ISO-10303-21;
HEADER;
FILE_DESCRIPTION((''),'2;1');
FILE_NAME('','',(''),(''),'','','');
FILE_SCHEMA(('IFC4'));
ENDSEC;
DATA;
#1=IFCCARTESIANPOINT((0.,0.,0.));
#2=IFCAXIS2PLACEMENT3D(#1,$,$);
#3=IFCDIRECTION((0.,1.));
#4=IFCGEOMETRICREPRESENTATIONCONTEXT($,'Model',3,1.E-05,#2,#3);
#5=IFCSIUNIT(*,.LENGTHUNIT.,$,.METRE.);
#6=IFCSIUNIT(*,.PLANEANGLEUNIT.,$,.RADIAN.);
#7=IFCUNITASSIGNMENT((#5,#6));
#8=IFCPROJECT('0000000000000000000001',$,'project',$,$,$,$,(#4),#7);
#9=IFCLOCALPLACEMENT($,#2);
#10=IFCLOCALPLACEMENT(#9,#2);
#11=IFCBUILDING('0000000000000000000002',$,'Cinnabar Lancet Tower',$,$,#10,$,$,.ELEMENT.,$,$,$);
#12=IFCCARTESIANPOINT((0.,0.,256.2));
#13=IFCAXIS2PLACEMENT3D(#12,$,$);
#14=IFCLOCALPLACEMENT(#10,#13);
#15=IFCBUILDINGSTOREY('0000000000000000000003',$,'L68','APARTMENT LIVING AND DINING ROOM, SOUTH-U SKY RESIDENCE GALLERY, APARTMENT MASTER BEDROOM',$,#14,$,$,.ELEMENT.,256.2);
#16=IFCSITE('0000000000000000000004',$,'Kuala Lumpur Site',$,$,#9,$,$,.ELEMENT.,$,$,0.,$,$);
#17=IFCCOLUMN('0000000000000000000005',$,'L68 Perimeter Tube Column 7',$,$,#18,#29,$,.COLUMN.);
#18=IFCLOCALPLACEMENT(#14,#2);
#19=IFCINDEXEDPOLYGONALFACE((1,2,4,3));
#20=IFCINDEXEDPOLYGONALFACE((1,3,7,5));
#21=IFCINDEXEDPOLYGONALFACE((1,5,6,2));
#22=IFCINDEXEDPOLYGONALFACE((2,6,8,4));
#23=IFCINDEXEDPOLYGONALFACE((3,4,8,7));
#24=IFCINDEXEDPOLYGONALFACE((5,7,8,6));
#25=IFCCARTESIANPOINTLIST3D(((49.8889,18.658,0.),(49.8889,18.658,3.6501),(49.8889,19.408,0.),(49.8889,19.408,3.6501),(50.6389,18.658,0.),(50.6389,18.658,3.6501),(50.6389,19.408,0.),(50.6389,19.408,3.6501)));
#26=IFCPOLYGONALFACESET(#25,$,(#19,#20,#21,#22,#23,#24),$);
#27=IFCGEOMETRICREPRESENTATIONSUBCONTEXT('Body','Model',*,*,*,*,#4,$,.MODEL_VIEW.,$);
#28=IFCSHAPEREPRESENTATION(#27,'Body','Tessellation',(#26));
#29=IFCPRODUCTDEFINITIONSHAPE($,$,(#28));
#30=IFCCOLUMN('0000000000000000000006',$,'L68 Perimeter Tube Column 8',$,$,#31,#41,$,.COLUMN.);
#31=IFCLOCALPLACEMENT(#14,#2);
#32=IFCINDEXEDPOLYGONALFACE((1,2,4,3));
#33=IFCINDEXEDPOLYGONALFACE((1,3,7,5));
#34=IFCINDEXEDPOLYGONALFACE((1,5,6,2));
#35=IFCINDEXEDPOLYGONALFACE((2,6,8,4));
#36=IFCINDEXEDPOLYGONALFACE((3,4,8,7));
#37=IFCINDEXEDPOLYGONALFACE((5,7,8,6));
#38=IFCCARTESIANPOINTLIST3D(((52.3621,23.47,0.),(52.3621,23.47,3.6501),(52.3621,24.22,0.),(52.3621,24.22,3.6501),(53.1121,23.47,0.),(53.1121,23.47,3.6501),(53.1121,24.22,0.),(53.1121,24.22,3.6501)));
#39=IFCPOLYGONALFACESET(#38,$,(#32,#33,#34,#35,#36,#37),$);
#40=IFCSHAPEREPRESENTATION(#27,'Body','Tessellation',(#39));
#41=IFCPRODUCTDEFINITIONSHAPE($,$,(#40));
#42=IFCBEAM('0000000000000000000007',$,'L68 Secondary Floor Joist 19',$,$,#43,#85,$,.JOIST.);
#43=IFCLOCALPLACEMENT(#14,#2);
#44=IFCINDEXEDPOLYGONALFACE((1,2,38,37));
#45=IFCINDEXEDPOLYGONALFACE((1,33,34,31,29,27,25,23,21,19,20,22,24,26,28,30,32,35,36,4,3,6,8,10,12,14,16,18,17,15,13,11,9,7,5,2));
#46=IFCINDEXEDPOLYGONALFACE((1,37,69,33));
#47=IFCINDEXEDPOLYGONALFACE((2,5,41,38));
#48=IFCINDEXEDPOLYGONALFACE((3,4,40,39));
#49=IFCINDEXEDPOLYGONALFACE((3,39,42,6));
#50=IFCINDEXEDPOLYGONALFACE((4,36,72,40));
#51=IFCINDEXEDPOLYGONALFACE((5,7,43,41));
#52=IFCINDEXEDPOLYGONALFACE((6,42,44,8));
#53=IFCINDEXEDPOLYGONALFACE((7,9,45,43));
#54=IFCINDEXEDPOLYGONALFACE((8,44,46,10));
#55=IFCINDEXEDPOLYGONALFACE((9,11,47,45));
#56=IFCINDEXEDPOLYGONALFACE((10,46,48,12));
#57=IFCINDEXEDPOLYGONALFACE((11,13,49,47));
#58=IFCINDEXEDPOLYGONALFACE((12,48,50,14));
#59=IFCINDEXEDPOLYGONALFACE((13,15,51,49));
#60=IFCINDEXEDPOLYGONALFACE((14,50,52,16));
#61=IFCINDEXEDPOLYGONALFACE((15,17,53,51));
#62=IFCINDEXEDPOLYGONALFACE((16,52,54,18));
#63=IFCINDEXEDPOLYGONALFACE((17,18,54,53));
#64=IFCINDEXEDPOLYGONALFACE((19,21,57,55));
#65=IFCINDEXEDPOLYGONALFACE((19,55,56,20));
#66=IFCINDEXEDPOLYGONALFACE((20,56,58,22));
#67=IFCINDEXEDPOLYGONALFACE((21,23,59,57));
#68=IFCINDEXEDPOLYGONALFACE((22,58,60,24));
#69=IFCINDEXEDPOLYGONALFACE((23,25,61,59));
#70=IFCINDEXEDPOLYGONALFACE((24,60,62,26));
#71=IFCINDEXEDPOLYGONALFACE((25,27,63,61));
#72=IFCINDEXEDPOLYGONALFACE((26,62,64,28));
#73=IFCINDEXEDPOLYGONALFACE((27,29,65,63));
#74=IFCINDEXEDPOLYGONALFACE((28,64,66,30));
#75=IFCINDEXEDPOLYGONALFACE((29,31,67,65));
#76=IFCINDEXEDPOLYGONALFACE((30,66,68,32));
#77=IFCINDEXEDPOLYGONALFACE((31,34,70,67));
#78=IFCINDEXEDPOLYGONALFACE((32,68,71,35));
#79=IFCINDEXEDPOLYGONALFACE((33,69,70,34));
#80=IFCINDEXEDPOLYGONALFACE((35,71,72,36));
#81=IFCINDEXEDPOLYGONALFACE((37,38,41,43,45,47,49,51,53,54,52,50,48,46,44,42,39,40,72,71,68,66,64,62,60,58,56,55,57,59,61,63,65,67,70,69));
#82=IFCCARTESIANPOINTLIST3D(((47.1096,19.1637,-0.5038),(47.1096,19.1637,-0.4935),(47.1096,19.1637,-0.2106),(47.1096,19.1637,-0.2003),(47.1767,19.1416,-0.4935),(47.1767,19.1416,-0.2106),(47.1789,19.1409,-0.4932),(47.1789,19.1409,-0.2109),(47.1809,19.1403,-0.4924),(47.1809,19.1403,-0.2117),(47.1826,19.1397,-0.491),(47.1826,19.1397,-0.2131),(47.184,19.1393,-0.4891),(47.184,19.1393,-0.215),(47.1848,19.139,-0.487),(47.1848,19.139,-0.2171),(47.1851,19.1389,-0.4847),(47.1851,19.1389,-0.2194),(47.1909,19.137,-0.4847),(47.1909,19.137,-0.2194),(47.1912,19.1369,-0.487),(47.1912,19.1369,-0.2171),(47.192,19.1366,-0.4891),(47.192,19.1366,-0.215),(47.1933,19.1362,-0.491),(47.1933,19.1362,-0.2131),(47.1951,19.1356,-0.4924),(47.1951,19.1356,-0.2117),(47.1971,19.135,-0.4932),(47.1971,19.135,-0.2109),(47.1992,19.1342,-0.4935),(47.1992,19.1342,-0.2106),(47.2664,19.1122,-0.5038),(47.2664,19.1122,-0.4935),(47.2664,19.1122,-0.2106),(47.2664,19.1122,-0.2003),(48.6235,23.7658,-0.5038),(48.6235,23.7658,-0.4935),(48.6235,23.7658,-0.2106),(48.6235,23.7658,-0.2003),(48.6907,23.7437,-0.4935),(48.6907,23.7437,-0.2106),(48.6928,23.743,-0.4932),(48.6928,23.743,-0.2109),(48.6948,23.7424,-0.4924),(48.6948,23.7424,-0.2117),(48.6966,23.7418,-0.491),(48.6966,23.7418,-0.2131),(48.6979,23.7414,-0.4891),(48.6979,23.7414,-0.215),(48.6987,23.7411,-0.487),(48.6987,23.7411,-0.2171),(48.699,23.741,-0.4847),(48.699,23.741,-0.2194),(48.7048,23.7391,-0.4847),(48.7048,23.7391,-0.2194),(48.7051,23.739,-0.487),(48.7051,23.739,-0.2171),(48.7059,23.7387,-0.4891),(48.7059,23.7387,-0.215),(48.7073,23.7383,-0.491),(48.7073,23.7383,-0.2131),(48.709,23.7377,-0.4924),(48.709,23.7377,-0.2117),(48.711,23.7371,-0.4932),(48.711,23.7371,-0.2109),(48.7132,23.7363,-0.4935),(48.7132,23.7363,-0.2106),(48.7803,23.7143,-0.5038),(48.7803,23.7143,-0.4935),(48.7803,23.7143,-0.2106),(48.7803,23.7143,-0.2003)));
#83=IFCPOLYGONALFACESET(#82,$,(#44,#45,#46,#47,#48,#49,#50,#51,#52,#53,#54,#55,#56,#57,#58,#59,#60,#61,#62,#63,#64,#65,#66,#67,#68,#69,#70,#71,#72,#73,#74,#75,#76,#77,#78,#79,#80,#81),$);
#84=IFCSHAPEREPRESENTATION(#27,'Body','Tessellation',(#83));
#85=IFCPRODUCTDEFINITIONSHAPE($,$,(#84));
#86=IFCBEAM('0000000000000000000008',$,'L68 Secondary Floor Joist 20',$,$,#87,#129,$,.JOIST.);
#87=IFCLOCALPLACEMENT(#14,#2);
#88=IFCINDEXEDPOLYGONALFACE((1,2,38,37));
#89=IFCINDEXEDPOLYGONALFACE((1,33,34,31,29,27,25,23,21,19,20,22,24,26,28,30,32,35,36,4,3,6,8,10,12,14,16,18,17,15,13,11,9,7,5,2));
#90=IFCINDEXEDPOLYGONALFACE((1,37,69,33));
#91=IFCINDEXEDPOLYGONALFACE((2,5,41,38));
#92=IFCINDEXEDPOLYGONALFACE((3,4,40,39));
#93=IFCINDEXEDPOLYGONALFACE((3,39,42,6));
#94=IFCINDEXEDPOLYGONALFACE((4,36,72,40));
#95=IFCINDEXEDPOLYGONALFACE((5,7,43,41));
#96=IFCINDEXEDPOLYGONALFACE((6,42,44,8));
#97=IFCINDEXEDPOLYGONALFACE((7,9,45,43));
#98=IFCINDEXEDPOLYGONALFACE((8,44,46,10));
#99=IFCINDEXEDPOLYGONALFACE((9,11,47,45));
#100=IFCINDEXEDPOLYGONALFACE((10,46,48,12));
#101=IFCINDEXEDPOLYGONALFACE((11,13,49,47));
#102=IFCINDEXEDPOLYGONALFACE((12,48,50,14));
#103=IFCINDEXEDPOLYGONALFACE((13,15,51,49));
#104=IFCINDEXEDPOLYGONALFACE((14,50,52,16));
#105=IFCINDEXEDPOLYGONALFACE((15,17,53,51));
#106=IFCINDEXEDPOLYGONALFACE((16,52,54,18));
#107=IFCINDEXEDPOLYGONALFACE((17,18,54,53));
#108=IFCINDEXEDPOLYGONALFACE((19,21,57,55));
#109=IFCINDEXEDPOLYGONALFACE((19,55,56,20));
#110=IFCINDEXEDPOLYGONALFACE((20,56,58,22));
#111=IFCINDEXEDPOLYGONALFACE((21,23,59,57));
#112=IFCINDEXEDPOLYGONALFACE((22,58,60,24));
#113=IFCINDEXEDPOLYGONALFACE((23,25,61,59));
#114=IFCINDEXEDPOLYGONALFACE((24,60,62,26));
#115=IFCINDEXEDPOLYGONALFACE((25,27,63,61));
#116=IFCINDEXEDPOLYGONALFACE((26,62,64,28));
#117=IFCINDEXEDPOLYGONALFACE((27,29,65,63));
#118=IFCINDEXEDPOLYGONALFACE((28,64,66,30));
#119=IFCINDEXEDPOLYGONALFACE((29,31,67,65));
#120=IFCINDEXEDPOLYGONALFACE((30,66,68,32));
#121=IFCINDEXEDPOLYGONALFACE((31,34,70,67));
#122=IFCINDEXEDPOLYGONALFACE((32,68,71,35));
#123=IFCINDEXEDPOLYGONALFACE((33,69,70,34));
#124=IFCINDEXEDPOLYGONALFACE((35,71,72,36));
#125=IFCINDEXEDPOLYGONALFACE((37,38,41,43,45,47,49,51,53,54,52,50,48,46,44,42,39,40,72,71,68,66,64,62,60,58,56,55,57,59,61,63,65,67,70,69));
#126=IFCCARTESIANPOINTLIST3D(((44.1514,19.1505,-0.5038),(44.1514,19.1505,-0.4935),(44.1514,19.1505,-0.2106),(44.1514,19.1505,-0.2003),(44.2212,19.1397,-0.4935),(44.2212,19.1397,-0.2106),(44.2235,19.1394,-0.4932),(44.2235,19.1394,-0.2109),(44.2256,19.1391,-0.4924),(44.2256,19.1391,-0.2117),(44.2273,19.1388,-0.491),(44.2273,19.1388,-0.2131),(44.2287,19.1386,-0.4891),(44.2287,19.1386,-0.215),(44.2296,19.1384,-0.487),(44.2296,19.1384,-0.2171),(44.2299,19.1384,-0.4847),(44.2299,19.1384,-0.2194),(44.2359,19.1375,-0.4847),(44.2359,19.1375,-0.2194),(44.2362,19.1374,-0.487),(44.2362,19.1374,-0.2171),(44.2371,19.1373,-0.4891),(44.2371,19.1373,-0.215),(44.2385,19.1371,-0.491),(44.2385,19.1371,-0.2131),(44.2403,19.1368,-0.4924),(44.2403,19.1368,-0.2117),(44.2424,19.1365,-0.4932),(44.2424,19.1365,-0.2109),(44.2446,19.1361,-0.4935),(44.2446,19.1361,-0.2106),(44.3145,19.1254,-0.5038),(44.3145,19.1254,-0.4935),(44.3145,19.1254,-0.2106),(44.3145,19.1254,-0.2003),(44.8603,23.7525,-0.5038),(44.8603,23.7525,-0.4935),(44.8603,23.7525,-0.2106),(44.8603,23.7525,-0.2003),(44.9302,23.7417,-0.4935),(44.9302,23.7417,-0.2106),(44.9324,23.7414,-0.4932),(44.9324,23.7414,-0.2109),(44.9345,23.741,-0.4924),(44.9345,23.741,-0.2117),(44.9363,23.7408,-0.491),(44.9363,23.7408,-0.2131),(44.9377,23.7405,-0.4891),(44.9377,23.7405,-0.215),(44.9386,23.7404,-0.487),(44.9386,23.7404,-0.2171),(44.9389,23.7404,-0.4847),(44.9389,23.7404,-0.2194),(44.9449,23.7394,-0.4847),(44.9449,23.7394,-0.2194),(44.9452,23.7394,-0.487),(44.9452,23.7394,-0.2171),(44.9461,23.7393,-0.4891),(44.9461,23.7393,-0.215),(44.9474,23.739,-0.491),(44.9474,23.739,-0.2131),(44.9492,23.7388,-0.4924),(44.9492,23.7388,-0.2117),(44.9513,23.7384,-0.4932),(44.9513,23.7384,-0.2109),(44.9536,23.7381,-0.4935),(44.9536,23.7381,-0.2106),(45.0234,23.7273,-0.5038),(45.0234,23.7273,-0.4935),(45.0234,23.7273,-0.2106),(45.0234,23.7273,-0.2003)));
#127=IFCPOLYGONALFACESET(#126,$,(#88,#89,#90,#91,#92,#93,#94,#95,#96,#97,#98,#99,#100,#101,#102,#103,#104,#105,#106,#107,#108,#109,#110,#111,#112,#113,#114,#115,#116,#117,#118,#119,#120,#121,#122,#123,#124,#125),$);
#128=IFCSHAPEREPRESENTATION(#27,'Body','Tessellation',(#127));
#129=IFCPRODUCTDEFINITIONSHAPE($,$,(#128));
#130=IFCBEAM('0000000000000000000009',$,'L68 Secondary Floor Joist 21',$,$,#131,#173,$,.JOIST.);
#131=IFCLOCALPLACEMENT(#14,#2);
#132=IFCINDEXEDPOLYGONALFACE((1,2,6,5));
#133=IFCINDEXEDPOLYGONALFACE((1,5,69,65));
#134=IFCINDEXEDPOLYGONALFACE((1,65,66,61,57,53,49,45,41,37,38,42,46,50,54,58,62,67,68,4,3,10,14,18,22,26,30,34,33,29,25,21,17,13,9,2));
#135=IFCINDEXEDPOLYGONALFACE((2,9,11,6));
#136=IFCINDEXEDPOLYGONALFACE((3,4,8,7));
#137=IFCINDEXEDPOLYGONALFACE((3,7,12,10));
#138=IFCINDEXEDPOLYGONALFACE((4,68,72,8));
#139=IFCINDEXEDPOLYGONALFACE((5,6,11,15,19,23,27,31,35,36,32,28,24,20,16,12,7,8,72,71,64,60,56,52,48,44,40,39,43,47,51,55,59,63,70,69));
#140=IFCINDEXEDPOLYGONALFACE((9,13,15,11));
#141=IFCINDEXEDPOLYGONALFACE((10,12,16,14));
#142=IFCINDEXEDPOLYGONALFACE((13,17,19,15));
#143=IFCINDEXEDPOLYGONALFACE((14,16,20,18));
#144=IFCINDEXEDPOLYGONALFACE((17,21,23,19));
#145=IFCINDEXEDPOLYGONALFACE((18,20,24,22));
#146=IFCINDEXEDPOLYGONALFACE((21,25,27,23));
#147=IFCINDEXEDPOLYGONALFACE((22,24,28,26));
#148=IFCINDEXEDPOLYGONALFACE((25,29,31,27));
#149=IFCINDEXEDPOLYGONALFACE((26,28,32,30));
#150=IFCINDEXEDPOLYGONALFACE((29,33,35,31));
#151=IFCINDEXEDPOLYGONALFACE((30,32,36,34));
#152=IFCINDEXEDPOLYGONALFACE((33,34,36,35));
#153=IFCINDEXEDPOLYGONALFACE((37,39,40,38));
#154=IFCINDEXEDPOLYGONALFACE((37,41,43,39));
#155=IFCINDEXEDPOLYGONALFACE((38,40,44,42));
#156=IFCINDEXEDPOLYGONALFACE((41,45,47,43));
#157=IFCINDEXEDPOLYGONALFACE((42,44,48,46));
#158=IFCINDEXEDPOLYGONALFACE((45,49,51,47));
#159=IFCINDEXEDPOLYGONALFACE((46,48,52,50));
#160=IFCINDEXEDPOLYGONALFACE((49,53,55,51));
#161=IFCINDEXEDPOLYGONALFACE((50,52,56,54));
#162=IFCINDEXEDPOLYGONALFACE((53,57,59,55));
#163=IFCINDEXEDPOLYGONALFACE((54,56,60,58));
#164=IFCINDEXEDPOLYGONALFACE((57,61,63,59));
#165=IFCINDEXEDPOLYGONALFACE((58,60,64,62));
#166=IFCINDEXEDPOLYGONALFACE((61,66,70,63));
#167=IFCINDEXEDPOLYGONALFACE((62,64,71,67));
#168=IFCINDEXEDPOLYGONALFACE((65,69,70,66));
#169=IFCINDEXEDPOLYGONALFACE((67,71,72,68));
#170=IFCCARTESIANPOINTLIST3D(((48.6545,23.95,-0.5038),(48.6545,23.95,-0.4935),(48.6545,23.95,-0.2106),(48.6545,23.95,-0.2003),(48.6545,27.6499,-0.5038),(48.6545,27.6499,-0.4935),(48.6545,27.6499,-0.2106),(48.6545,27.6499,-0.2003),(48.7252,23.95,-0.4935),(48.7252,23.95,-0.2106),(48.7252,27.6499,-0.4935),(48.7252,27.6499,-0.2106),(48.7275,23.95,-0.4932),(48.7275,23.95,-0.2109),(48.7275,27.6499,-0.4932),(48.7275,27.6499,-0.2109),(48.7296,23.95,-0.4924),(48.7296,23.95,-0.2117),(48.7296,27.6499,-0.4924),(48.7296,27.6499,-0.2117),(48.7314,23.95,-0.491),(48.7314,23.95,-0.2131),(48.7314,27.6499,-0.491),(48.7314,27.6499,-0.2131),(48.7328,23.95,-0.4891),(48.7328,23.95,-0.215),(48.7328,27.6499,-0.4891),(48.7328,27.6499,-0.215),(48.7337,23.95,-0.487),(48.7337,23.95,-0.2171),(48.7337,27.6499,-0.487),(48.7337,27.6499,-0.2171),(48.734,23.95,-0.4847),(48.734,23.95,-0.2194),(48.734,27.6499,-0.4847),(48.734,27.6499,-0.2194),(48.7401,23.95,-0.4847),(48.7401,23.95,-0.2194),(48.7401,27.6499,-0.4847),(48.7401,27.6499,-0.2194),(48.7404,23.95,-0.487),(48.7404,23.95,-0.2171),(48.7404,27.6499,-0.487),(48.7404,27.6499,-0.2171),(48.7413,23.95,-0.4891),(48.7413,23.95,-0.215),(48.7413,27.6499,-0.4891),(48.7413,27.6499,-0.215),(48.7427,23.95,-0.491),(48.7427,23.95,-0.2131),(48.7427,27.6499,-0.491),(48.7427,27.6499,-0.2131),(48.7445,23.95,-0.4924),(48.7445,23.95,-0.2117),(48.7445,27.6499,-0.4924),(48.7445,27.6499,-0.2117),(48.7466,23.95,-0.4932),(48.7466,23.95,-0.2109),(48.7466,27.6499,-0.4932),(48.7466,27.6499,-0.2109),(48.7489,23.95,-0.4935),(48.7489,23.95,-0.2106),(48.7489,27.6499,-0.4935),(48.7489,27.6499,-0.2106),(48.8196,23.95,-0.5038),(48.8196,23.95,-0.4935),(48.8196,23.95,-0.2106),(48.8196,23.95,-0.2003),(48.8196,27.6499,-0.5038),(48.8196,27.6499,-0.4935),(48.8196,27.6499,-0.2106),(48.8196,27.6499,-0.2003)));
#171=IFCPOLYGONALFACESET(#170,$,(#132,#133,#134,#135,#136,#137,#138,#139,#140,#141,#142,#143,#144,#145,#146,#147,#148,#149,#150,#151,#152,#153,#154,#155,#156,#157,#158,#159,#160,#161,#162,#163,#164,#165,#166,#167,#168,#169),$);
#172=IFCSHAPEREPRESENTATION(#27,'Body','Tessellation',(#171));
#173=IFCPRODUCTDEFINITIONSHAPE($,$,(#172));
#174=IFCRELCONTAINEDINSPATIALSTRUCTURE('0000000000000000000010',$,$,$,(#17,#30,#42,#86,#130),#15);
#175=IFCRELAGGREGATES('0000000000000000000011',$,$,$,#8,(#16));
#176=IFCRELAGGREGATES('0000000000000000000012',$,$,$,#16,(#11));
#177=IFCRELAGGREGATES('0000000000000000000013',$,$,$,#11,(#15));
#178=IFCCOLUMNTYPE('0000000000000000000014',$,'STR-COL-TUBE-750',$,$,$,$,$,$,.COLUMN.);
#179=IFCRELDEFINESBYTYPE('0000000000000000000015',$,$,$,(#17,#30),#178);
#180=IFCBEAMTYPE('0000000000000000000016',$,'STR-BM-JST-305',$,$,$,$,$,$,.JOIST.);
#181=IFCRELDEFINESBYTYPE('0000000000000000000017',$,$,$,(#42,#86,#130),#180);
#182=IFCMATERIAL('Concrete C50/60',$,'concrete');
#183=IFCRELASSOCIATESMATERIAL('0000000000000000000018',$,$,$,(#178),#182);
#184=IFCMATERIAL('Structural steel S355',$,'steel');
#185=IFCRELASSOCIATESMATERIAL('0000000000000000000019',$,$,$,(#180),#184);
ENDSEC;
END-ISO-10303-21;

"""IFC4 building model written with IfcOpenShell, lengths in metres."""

from ifc_helpers import new_model, si_unit, direction, frame, origin, origin_2d, place, context, subcontext, project, spatial, rectangle, i_section, extrude, material, material_profile, profile_set, type_object, element, save


model = new_model("IFC4")

# Units and contexts
model_context = context("Model", 3, precision=1e-05, world=origin(), true_north=direction((0.0, 1.0)))
body_context = subcontext(model_context, "Body", "Model", "MODEL_VIEW")
ifc_project = project(units=[si_unit("LENGTHUNIT", "METRE"), si_unit("PLANEANGLEUNIT", "RADIAN")], contexts=[model_context])

# Site, building, storey
site_placement = place(None, origin())
site = spatial("IfcSite", under=ifc_project, at=site_placement, Name="Kuala Lumpur Site", CompositionType="ELEMENT", RefElevation=0.0)
building_placement = place(site_placement, origin())
building = spatial("IfcBuilding", under=site, at=building_placement, Name="Cinnabar Lancet Tower", CompositionType="ELEMENT")
storey_placement = place(building_placement, frame((0.0, 0.0, 256.2)))
storey = spatial("IfcBuildingStorey", under=building, at=storey_placement, Name="L68", Description="APARTMENT LIVING AND DINING ROOM, SOUTH-U SKY RESIDENCE GALLERY, APARTMENT MASTER BEDROOM", CompositionType="ELEMENT", Elevation=256.2)

# Columns
ifc_material_1 = material(Name="Concrete C50/60", Category="concrete")
ifc_material_profile_1 = material_profile(ifc_material_1, rectangle(XDim=0.75, YDim=0.75, at=origin_2d()), Name="RC-COL 750x750")
ifc_profile_set_1 = profile_set([ifc_material_profile_1], Name="Concrete C50/60")
column_type = type_object("IfcColumnType", Name="STR-COL-TUBE-750", PredefinedType="COLUMN", material=ifc_profile_set_1)
for number, where, z_axis, x_axis, name in (
    (1, (50.2639, 19.033, 0.0), (0.0, 0.0, 1.0), (1.0, 0.0, 0.0), "L68 Perimeter Tube Column 7"),
    (2, (52.7371, 23.845, 0.0), (0.0, 0.0, 1.0), (1.0, 0.0, 0.0), "L68 Perimeter Tube Column 8"),
):
    element("IfcColumn", number, at=place(storey_placement, frame(where, z_axis=z_axis, x_axis=x_axis)), inside=storey, type_object=column_type, Name=name, PredefinedType="COLUMN", context=body_context, shape_type="SweptSolid", body=[
        extrude(rectangle(XDim=0.75, YDim=0.75, at=origin_2d()), origin(), (0.0, 0.0, 1.0), 3.6501),
    ])

# Beams
ifc_material_2 = material(Name="Structural steel S355", Category="steel")
ifc_material_profile_2 = material_profile(ifc_material_2, i_section(OverallWidth=0.165, OverallDepth=0.3035, WebThickness=0.0061, FlangeThickness=0.0103, FilletRadius=0.0088, at=origin_2d()), Name="UKB 305x165x40")
ifc_profile_set_2 = profile_set([ifc_material_profile_2], Name="Structural steel S355")
beam_type_1 = type_object("IfcBeamType", Name="STR-BM-JST-305", PredefinedType="JOIST", material=ifc_profile_set_2)
beam_1_placement = place(storey_placement, frame((47.188, 19.1379, -0.3521), z_axis=(0.312491, 0.949921, 0.0), x_axis=(-0.949921, 0.312491, 0.0)))
element("IfcBeam", 3, at=beam_1_placement, inside=storey, type_object=beam_type_1, Name="L68 Secondary Floor Joist 19", PredefinedType="JOIST", context=body_context, shape_type="SweptSolid", body=[
    extrude(i_section(OverallWidth=0.165, OverallDepth=0.3035, WebThickness=0.0061, FlangeThickness=0.0103, FilletRadius=0.0088, at=origin_2d()), origin(), (0.0, 0.0, 1.0), 4.8447),
])
beam_2_placement = place(storey_placement, frame((44.2329, 19.1379, -0.3521), z_axis=(0.152262, 0.98834, 0.0), x_axis=(-0.98834, 0.152262, 0.0)))
element("IfcBeam", 4, at=beam_2_placement, inside=storey, type_object=beam_type_1, Name="L68 Secondary Floor Joist 20", PredefinedType="JOIST", context=body_context, shape_type="SweptSolid", body=[
    extrude(i_section(OverallWidth=0.165, OverallDepth=0.3035, WebThickness=0.0061, FlangeThickness=0.0103, FilletRadius=0.0088, at=origin_2d()), origin(), (0.0, 0.0, 1.0), 4.6562),
])
for number, where, z_axis, x_axis, name in (
    (5, (48.7371, 23.95, -0.3521), (0.0, 1.0, 0.0), (-1.0, 0.0, 0.0), "L68 Secondary Floor Joist 21"),
):
    element("IfcBeam", number, at=place(storey_placement, frame(where, z_axis=z_axis, x_axis=x_axis)), inside=storey, type_object=beam_type_1, Name=name, PredefinedType="JOIST", context=body_context, shape_type="SweptSolid", body=[
        extrude(i_section(OverallWidth=0.165, OverallDepth=0.3035, WebThickness=0.0061, FlangeThickness=0.0103, FilletRadius=0.0088, at=origin_2d()), origin(), (0.0, 0.0, 1.0), 3.7),
    ])

save(model, "model.ifc")
